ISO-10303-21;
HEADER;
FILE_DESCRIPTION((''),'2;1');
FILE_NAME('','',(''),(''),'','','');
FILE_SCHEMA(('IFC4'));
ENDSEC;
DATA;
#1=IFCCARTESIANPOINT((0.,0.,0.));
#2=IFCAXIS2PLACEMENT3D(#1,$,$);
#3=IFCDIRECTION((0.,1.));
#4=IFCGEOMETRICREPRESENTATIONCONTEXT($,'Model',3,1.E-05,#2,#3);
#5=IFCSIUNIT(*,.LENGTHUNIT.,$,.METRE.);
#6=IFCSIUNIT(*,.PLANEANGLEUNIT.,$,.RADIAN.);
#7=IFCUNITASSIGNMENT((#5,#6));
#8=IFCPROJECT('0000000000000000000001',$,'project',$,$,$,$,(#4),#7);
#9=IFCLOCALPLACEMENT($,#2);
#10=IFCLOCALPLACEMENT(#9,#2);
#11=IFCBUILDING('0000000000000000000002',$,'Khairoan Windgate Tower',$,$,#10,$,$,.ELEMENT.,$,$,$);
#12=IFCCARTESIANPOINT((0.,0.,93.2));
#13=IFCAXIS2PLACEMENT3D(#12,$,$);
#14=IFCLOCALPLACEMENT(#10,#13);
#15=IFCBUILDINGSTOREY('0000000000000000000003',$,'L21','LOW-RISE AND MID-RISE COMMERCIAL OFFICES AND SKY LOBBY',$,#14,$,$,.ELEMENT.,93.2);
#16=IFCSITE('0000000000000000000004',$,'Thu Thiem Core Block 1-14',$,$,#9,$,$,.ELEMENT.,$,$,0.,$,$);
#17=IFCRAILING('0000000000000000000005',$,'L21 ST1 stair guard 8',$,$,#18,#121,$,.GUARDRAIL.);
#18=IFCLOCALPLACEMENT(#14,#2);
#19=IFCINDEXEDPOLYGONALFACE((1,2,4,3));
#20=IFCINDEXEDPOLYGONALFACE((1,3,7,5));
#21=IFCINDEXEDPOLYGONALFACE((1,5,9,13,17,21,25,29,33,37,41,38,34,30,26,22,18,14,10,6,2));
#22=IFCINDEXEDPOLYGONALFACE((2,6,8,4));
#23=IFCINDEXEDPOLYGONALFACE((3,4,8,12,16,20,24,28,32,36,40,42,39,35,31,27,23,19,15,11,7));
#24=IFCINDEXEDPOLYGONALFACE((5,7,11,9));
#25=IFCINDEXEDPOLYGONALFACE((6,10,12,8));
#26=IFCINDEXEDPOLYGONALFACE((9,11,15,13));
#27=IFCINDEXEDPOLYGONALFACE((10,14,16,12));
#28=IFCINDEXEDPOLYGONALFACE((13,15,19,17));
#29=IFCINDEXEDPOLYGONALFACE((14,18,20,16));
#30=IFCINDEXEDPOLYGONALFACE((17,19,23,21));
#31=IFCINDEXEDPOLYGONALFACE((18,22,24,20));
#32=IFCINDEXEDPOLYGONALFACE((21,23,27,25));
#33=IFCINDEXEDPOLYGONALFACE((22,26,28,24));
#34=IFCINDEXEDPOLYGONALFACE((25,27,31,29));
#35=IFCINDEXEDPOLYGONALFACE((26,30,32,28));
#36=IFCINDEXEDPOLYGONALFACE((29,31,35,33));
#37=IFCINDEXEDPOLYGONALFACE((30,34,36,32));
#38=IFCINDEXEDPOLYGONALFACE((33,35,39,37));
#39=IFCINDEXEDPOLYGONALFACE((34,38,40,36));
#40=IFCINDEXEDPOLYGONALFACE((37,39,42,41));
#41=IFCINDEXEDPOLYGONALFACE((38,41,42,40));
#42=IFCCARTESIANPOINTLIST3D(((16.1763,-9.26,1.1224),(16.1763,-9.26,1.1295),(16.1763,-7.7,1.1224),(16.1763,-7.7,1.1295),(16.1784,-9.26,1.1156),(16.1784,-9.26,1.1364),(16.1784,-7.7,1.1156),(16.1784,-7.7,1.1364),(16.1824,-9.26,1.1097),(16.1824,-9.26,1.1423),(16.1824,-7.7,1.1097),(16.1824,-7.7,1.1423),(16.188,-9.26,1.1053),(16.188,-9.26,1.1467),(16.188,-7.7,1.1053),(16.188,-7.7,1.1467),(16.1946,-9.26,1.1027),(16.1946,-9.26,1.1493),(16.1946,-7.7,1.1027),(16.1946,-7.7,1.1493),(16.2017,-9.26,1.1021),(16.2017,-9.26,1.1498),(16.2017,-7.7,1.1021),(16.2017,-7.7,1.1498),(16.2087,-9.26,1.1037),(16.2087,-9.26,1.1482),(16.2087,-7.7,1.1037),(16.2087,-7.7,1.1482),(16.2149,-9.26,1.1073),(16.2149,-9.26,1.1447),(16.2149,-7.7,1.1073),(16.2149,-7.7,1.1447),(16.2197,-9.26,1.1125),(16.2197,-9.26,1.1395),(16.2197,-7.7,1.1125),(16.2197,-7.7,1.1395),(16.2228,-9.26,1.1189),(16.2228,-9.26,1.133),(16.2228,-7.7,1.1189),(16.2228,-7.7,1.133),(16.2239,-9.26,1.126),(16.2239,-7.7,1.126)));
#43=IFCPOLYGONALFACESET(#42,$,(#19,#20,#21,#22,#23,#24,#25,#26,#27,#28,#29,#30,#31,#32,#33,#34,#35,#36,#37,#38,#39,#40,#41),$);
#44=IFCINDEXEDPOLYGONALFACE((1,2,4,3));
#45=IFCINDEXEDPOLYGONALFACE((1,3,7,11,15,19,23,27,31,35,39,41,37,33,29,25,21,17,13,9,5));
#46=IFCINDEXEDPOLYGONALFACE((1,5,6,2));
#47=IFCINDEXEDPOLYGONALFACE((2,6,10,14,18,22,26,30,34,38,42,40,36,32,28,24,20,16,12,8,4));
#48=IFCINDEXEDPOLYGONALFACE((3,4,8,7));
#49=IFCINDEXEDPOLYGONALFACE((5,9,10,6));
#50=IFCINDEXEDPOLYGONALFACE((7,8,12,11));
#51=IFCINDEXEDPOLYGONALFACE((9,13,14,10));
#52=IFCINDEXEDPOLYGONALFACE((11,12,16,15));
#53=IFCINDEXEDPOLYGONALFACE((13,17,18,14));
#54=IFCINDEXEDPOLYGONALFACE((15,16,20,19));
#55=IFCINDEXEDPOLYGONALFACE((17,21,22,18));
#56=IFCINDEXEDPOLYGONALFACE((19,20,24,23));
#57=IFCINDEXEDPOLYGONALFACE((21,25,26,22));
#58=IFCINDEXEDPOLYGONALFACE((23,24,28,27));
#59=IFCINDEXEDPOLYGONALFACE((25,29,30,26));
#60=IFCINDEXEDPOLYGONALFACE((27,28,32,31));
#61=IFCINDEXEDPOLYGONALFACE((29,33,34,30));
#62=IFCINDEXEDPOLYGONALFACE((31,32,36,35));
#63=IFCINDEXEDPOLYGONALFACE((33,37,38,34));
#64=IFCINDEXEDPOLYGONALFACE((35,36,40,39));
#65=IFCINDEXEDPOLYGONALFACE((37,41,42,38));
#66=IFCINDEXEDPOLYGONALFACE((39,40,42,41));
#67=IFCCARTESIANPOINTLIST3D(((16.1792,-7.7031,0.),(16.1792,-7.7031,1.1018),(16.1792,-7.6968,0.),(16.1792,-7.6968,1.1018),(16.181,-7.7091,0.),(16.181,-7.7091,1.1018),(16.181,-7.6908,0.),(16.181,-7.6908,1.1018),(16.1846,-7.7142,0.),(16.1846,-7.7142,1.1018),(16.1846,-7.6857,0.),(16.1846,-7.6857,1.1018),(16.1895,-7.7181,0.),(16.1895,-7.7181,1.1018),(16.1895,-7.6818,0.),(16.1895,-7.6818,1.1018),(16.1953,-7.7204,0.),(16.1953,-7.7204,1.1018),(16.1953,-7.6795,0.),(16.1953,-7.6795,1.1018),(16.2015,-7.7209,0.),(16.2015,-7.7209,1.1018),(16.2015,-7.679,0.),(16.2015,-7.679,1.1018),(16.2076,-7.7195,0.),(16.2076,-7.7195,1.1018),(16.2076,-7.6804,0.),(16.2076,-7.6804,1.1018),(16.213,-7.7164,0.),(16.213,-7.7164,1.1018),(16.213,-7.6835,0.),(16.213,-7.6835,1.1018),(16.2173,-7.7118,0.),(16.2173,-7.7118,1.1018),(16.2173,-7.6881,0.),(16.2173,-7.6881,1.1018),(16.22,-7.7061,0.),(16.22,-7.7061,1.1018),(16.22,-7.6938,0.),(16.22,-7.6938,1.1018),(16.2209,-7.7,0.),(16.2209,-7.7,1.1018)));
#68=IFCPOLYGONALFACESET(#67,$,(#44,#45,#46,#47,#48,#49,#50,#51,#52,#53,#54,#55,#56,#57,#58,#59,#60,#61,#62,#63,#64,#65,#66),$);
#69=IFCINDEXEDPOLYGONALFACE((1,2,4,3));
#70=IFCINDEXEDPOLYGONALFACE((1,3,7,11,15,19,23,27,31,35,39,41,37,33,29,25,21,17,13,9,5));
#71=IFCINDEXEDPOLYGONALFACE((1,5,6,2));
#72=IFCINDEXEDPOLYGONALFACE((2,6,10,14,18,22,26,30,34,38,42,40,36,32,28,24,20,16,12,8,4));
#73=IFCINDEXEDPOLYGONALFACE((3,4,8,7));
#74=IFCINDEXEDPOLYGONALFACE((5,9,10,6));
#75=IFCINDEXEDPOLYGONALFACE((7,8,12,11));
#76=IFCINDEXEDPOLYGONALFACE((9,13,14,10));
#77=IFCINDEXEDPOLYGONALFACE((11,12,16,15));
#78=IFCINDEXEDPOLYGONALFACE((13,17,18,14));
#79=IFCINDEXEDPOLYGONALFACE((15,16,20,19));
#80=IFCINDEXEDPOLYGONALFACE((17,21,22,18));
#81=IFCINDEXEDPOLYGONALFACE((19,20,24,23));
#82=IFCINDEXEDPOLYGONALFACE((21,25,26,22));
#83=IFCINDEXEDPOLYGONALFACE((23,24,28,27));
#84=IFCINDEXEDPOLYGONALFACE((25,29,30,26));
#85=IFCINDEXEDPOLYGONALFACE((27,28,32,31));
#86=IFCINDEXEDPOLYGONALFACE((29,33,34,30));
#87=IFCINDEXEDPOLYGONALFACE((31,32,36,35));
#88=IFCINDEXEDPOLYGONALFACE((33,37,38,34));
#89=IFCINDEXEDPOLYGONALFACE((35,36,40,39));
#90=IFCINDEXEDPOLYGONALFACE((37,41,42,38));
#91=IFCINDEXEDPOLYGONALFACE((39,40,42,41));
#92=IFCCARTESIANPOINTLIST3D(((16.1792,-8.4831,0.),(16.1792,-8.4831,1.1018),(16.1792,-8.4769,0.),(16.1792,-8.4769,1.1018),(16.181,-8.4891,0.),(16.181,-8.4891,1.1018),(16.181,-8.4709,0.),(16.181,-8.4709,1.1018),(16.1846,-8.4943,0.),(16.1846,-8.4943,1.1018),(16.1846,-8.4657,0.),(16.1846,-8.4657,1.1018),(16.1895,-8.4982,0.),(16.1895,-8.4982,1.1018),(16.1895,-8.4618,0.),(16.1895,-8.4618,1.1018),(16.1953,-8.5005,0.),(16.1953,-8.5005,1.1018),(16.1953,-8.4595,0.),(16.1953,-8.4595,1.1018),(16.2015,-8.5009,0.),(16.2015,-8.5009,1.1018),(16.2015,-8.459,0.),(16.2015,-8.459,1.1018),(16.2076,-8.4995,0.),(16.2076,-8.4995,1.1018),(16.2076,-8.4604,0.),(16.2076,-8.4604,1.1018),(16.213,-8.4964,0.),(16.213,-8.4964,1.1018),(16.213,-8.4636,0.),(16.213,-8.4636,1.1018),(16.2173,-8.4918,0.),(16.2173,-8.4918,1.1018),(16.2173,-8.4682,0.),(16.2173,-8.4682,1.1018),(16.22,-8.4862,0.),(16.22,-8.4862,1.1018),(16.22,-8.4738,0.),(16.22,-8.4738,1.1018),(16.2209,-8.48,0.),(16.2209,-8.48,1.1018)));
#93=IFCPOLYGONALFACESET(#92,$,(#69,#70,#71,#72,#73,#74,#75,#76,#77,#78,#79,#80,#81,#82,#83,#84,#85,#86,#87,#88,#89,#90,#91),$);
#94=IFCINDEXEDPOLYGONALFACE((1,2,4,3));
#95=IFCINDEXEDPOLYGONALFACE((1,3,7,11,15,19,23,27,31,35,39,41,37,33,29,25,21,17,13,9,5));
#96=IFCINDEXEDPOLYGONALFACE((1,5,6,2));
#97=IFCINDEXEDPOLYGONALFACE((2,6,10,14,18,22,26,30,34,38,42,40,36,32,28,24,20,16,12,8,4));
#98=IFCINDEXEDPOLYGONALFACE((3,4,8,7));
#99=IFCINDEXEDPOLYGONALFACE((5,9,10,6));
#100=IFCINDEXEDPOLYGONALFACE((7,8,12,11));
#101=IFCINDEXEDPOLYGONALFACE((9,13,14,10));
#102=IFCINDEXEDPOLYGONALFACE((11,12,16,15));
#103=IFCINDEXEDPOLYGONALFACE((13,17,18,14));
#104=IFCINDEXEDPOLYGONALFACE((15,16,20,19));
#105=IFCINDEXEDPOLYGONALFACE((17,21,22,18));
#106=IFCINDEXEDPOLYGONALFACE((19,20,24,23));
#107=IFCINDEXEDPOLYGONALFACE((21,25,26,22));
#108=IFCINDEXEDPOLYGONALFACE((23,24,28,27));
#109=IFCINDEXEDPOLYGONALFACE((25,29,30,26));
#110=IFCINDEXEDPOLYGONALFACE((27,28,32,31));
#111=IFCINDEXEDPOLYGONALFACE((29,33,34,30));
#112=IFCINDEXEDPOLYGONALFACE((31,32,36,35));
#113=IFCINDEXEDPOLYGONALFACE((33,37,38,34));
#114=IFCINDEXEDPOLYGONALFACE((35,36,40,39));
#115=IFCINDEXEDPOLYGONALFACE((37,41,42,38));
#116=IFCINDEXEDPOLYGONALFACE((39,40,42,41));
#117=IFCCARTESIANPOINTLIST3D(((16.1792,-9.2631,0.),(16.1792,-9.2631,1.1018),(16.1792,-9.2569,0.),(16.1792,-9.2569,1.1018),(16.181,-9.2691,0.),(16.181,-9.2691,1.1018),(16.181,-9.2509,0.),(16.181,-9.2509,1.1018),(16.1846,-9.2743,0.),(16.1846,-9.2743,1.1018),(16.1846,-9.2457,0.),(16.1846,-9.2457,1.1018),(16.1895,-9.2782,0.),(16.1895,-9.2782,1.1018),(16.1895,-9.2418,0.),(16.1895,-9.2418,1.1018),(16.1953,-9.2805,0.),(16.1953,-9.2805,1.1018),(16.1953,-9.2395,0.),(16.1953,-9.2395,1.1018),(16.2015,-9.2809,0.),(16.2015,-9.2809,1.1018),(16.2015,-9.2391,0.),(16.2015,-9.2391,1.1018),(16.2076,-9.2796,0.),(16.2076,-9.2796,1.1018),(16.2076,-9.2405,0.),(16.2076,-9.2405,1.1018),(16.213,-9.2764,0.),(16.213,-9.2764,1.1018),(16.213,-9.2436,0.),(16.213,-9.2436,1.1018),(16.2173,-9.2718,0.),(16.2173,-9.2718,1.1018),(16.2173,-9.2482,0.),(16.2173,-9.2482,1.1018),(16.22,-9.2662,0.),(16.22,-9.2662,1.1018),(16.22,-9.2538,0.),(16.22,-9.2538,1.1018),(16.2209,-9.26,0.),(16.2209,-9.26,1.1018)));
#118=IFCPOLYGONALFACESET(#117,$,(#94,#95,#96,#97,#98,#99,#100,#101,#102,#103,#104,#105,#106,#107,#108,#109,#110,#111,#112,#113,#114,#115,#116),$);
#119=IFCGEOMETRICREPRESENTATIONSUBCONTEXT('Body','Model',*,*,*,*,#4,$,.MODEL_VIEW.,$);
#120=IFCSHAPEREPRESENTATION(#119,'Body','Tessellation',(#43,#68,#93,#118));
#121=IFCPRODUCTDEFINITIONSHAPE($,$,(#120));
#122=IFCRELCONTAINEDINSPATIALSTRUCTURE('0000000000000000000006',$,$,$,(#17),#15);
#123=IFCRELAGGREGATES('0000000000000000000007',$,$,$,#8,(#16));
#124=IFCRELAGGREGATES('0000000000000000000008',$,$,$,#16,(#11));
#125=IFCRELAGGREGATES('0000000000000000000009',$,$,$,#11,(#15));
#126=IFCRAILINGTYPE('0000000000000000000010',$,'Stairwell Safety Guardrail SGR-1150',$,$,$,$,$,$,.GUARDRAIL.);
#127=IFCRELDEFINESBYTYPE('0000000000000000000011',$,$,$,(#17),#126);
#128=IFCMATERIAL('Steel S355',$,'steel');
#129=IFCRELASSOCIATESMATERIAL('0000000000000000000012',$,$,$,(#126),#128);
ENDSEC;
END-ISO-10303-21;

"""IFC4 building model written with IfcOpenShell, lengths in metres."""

from ifc_helpers import new_model, si_unit, direction, frame, origin, origin_2d, place, context, subcontext, project, spatial, circle, extrude, material, type_object, element, save


model = new_model("IFC4")

# Units and contexts
model_context = context("Model", 3, precision=1e-05, world=origin(), true_north=direction((0.0, 1.0)))
body_context = subcontext(model_context, "Body", "Model", "MODEL_VIEW")
ifc_project = project(units=[si_unit("LENGTHUNIT", "METRE"), si_unit("PLANEANGLEUNIT", "RADIAN")], contexts=[model_context])

# Site, building, storey
site_placement = place(None, origin())
site = spatial("IfcSite", under=ifc_project, at=site_placement, Name="Thu Thiem Core Block 1-14", CompositionType="ELEMENT", RefElevation=0.0)
building_placement = place(site_placement, origin())
building = spatial("IfcBuilding", under=site, at=building_placement, Name="Khairoan Windgate Tower", CompositionType="ELEMENT")
storey_placement = place(building_placement, frame((0.0, 0.0, 93.2)))
storey = spatial("IfcBuildingStorey", under=building, at=storey_placement, Name="L21", Description="LOW-RISE AND MID-RISE COMMERCIAL OFFICES AND SKY LOBBY", CompositionType="ELEMENT", Elevation=93.2)

# Railing
ifc_material_1 = material(Name="Steel S355", Category="steel")
railing_type_1 = type_object("IfcRailingType", Name="Stairwell Safety Guardrail SGR-1150", PredefinedType="GUARDRAIL", material=ifc_material_1)
railing_1_placement = place(storey_placement, frame((16.2, -7.7, 0.0)))
element("IfcRailing", 1, at=railing_1_placement, inside=storey, type_object=railing_type_1, Name="L21 ST1 stair guard 8", PredefinedType="GUARDRAIL", context=body_context, shape_type="SweptSolid", body=[
    extrude(circle(Radius=0.0239, at=origin_2d()), frame((0.0, 0.0, 1.126), z_axis=(0.0, -1.0, 0.0), x_axis=(1.0, 0.0, 0.0)), (0.0, 0.0, 1.0), 1.5601),
    extrude(circle(Radius=0.021, at=origin_2d()), origin(), (0.0, 0.0, 1.0), 1.1018),
    extrude(circle(Radius=0.021, at=origin_2d()), frame((0.0, -0.78, 0.0)), (0.0, 0.0, 1.0), 1.1018),
    extrude(circle(Radius=0.021, at=origin_2d()), frame((0.0, -1.5601, 0.0)), (0.0, 0.0, 1.0), 1.1018),
])

save(model, "model.ifc")
